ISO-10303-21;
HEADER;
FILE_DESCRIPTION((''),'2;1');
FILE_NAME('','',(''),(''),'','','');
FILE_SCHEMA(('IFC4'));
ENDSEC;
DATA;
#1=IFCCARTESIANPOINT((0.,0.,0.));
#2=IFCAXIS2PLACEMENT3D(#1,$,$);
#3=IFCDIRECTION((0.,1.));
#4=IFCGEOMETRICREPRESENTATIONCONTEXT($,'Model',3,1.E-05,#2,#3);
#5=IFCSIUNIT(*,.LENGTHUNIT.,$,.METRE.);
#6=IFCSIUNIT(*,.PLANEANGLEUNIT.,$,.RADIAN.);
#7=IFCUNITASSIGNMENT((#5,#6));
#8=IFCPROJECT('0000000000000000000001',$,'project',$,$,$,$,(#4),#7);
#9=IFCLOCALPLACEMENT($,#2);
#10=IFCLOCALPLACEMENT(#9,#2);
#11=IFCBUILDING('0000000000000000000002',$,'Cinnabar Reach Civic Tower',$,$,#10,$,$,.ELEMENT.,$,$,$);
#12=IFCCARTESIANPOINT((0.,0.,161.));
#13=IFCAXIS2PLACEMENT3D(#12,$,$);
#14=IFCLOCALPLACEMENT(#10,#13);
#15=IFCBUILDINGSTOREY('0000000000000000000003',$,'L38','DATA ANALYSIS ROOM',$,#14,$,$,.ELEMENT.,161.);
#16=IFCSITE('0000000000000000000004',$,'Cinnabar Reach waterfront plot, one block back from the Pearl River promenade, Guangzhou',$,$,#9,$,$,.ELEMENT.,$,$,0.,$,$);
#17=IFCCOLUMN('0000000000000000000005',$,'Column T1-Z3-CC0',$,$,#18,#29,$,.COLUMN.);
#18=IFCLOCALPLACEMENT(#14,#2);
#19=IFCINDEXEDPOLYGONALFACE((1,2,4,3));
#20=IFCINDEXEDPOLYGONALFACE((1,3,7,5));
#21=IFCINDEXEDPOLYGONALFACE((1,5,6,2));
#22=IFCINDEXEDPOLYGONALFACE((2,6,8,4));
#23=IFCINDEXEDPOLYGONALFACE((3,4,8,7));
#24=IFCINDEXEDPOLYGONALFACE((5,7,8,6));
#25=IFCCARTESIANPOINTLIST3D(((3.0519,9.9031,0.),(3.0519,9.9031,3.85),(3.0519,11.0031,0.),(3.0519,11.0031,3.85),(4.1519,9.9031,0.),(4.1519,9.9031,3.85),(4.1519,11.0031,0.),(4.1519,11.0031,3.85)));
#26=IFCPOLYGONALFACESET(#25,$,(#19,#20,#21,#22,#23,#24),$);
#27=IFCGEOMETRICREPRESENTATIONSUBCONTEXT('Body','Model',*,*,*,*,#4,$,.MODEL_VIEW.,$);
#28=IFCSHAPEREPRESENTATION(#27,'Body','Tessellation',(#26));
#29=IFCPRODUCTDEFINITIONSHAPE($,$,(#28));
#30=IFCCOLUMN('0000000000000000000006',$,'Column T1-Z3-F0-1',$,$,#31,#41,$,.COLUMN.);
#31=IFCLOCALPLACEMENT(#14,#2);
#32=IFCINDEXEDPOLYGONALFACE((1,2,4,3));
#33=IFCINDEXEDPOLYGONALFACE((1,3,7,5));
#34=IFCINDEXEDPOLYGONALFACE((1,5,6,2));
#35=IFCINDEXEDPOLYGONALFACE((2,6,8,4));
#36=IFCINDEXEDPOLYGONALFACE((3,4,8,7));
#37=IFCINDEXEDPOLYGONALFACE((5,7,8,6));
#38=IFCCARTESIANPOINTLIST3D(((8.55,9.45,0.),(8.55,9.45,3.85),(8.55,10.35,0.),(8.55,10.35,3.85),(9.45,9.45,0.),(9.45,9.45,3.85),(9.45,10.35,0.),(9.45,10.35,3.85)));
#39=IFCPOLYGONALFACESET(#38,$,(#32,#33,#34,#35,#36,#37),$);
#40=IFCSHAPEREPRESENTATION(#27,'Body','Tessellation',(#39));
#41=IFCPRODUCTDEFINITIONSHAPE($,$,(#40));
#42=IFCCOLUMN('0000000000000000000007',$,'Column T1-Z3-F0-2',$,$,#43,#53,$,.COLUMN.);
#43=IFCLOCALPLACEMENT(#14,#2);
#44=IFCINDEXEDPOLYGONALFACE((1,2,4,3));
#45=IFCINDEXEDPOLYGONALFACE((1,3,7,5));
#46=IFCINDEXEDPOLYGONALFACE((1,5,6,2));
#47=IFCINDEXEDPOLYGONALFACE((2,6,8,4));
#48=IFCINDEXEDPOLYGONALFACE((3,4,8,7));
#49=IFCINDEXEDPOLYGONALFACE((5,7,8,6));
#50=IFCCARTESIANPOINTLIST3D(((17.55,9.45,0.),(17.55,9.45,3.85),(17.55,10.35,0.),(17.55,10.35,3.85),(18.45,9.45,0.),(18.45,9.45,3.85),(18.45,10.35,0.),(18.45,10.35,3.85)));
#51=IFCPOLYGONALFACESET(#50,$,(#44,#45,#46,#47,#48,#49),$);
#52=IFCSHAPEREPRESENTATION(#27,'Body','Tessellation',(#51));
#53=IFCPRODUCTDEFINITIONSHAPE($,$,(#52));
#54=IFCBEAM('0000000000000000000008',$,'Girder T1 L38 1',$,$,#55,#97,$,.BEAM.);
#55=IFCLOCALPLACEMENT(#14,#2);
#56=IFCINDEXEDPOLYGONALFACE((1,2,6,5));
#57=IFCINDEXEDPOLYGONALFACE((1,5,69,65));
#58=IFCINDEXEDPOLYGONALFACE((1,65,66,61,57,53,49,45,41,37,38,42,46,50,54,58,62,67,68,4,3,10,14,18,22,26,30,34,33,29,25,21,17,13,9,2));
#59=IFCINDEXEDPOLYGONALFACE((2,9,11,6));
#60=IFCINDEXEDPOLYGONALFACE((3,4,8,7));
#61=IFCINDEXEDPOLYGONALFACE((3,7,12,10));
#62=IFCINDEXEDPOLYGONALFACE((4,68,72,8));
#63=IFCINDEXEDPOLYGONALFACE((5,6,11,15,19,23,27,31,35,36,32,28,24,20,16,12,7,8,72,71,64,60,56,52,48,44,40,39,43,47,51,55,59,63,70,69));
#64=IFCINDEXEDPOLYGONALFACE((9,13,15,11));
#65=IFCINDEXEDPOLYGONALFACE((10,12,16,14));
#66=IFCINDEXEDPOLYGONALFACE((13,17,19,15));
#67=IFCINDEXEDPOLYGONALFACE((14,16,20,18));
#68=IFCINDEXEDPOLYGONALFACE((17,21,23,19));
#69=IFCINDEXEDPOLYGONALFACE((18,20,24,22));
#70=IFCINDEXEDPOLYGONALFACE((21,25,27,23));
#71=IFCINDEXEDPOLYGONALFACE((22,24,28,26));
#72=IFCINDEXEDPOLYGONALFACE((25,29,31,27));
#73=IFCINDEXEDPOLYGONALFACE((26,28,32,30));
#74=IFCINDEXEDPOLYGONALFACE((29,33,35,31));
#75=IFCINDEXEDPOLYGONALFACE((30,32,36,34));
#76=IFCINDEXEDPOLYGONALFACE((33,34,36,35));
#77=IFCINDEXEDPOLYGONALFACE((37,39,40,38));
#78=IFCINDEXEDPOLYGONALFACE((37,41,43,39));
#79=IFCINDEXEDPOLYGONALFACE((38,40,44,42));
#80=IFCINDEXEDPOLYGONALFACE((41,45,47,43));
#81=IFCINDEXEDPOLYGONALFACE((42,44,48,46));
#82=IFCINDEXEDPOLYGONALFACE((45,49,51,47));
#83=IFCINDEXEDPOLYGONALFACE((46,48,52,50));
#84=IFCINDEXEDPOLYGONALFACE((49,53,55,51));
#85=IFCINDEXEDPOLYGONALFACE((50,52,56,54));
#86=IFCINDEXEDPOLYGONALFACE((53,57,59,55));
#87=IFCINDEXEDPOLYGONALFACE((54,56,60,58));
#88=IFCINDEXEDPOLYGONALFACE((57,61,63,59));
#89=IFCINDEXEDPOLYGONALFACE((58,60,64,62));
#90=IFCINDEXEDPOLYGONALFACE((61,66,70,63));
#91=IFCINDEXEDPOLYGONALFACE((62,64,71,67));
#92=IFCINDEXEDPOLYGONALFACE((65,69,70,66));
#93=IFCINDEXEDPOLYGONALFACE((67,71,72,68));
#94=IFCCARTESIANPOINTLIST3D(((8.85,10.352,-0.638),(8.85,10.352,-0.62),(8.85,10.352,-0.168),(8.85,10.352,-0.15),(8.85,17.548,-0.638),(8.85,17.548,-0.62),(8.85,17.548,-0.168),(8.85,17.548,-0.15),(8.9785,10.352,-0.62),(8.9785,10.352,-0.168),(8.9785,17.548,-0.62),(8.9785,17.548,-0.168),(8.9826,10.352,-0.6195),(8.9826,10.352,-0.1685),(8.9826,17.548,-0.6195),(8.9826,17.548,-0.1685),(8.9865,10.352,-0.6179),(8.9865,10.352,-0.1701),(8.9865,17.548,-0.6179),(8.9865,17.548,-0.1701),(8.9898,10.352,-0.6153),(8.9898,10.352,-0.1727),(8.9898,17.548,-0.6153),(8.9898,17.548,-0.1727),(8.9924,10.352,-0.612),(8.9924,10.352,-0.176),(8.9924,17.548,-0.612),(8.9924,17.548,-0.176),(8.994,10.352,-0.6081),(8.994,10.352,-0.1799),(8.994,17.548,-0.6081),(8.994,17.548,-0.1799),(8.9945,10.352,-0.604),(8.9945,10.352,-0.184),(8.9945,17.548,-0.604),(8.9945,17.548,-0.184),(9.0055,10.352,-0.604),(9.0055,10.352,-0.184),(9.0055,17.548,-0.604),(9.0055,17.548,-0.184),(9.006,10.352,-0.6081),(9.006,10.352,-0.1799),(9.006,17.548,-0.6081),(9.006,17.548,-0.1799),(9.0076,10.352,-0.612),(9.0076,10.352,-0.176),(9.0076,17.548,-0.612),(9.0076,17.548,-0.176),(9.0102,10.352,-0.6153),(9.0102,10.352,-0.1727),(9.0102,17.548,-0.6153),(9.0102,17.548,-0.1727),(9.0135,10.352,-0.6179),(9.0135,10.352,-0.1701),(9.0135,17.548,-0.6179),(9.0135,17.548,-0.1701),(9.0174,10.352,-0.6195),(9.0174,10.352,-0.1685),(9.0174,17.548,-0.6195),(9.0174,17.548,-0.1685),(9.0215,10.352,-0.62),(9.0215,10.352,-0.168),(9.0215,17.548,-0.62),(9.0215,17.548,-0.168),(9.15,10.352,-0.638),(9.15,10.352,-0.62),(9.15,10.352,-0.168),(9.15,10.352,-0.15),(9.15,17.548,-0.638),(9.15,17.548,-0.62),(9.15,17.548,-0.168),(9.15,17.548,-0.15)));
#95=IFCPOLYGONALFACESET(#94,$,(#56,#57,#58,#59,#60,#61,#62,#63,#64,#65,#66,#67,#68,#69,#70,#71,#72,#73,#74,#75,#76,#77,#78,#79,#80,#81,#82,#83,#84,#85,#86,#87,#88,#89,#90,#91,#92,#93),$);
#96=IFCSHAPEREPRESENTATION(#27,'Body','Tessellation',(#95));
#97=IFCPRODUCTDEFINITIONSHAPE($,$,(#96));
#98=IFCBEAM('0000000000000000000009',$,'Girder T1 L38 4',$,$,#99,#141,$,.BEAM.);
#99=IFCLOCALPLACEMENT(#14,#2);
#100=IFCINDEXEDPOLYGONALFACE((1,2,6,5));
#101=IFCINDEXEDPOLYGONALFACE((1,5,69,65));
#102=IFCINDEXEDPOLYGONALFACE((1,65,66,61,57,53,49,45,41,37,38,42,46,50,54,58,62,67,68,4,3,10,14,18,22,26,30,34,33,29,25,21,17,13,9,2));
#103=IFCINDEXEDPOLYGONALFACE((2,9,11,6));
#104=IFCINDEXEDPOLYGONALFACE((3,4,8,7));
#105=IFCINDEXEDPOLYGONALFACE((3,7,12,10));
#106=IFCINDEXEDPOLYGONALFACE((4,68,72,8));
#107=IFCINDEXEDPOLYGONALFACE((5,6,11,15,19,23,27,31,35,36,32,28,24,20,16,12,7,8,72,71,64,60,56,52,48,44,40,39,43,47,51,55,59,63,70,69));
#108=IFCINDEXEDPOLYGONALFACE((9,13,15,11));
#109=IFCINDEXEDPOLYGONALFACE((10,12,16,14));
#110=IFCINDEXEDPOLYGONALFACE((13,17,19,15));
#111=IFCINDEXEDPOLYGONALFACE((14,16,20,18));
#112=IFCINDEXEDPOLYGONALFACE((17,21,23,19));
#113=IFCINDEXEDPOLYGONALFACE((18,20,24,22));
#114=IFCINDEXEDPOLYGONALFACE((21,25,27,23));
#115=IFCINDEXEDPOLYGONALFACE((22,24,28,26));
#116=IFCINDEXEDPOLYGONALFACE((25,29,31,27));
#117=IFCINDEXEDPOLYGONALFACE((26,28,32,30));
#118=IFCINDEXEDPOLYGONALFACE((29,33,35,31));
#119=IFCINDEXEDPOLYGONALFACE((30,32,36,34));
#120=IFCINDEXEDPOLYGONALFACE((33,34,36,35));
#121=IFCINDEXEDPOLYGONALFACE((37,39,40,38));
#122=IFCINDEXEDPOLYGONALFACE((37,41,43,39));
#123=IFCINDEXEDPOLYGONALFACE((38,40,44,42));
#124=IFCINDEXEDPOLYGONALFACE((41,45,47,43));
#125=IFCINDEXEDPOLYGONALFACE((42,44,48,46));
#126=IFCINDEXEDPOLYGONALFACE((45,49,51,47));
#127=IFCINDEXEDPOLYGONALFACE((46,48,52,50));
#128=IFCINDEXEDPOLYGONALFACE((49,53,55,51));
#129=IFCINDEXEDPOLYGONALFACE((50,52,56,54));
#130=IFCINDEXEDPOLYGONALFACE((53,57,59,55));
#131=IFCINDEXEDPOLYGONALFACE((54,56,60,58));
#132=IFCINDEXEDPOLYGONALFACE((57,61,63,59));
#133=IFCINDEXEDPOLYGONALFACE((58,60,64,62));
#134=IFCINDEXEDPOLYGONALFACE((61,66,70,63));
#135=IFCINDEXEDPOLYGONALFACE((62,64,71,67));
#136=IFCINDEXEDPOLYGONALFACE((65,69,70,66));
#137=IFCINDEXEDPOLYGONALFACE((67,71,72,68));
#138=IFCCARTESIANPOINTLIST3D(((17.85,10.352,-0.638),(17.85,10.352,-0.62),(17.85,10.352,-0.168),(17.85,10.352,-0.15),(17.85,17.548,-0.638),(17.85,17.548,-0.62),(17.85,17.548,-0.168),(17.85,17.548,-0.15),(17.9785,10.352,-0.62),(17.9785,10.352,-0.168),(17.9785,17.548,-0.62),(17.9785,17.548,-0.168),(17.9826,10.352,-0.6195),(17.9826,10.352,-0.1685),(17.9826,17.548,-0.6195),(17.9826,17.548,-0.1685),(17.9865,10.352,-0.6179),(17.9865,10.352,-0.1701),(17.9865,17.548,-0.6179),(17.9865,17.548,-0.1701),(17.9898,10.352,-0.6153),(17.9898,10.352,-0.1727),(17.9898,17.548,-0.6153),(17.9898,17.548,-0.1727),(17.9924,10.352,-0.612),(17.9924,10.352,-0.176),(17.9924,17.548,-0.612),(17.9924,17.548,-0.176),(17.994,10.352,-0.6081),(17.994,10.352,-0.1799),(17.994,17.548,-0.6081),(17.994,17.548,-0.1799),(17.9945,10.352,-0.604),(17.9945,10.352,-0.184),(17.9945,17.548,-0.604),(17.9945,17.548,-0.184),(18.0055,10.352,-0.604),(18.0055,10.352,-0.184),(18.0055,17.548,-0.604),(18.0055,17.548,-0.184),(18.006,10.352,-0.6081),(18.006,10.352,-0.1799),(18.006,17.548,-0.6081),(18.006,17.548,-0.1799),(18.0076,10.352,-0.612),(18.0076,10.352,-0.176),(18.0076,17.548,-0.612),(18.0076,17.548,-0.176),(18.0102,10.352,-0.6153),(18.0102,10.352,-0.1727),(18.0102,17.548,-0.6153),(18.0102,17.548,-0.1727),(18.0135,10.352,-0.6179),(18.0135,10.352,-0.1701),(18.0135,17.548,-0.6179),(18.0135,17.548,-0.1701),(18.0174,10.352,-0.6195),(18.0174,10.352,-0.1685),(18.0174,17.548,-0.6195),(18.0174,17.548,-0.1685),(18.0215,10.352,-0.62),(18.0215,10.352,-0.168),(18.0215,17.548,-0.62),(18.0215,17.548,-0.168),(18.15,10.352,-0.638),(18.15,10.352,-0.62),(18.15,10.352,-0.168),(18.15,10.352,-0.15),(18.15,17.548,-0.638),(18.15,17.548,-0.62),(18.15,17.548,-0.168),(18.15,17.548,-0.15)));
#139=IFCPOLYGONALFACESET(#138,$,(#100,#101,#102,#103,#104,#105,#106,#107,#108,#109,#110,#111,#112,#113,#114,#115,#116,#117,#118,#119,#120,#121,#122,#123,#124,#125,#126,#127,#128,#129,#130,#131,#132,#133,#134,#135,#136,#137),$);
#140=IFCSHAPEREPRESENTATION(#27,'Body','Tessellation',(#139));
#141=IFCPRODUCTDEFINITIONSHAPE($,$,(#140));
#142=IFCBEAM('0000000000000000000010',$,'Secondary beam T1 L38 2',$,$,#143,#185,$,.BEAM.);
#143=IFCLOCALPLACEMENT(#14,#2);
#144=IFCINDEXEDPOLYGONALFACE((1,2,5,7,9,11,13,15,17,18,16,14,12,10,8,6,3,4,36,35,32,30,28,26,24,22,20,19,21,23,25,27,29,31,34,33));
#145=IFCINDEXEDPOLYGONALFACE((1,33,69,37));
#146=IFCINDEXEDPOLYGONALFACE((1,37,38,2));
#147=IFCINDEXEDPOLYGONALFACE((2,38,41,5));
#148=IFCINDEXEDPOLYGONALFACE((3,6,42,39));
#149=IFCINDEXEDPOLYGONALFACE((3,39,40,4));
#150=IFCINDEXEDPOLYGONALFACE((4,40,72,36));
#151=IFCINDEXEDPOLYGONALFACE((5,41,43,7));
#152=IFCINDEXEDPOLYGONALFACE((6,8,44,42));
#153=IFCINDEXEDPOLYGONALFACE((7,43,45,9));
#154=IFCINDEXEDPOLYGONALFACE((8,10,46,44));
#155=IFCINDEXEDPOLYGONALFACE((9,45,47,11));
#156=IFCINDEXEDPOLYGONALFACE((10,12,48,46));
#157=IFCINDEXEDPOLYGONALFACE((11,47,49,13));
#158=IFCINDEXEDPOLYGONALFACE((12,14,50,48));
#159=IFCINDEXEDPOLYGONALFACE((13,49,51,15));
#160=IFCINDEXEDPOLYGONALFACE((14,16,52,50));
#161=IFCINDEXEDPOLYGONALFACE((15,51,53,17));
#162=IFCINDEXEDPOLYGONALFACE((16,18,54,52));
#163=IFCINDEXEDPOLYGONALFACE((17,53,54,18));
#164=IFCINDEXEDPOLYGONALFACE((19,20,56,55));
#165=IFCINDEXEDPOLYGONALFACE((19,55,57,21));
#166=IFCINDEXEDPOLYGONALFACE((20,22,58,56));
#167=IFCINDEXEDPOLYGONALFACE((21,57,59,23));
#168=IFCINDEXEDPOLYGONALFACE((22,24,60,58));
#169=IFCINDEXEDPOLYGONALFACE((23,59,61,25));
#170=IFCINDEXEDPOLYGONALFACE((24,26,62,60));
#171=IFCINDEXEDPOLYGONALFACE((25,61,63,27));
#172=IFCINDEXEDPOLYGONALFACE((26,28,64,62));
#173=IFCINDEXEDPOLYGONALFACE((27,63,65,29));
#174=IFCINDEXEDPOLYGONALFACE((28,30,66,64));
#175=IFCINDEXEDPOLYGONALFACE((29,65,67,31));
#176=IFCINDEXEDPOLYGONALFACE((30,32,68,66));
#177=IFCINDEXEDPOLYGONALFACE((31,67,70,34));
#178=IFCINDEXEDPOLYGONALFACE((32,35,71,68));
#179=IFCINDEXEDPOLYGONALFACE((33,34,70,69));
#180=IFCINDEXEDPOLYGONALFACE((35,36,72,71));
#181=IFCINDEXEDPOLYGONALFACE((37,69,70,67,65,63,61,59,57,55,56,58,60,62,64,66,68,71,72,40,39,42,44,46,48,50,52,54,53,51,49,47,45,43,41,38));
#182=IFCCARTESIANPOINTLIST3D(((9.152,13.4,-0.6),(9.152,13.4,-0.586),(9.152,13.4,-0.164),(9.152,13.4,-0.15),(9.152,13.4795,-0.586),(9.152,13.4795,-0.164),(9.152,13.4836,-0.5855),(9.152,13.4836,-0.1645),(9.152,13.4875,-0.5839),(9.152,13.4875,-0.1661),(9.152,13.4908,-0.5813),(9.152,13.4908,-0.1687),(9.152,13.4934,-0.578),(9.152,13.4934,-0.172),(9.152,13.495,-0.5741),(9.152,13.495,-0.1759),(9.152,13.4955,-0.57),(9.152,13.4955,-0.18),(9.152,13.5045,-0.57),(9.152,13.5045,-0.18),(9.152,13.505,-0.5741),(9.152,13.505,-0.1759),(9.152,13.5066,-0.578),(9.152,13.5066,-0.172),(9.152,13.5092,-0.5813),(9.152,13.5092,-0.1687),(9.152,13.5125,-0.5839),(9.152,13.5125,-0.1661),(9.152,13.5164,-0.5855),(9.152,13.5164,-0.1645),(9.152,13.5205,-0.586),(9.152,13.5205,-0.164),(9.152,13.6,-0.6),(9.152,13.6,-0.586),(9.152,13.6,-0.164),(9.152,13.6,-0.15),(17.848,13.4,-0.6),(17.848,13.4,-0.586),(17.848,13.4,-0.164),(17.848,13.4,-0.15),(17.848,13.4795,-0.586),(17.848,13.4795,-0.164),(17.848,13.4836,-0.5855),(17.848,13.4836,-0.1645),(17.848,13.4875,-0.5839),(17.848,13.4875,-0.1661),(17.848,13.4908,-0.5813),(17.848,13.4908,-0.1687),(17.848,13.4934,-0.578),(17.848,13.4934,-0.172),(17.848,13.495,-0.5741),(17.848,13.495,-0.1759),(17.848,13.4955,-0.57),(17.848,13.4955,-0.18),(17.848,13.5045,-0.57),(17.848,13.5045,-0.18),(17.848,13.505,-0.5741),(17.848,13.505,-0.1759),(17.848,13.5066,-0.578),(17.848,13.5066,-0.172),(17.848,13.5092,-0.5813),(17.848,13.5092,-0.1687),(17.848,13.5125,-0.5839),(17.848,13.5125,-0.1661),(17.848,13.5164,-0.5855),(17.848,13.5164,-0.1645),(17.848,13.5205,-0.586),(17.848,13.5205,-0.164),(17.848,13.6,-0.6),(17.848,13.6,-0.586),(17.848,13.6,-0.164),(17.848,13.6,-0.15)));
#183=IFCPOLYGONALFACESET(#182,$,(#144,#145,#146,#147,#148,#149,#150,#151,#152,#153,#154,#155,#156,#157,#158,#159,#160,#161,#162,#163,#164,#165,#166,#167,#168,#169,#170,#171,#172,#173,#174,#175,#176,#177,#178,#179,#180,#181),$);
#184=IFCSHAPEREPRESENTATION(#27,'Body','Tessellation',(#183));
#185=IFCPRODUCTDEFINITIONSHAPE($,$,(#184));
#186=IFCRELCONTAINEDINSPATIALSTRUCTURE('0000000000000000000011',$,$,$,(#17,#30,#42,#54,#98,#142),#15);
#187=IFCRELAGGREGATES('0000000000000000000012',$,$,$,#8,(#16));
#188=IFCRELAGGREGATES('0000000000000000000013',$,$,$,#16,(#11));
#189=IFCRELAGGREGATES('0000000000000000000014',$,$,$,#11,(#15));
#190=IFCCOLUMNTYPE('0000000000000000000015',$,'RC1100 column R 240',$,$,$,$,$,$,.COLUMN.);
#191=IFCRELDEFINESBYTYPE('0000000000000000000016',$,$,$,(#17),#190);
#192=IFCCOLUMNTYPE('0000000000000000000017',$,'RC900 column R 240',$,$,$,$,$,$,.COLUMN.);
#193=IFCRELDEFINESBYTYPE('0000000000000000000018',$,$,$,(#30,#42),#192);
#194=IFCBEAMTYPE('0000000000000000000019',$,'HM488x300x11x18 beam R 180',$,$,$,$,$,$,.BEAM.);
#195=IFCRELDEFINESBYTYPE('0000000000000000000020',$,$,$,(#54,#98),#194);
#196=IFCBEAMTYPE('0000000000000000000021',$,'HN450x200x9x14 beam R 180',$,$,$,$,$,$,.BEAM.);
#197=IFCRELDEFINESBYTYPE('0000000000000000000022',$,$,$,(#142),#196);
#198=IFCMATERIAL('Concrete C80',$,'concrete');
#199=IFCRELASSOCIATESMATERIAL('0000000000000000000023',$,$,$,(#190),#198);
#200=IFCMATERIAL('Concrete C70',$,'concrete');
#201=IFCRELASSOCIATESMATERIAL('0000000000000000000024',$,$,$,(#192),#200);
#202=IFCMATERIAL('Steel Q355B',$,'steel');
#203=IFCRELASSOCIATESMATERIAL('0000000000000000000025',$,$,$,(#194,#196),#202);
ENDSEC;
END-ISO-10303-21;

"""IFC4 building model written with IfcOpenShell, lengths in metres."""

from ifc_helpers import new_model, si_unit, direction, frame, origin, origin_2d, place, context, subcontext, project, spatial, rectangle, i_section, extrude, material, material_profile, profile_set, type_object, element, save


model = new_model("IFC4")

# Units and contexts
model_context = context("Model", 3, precision=1e-05, world=origin(), true_north=direction((0.0, 1.0)))
body_context = subcontext(model_context, "Body", "Model", "MODEL_VIEW")
ifc_project = project(units=[si_unit("LENGTHUNIT", "METRE"), si_unit("PLANEANGLEUNIT", "RADIAN")], contexts=[model_context])

# Site, building, storey
site_placement = place(None, origin())
site = spatial("IfcSite", under=ifc_project, at=site_placement, Name="Cinnabar Reach waterfront plot, one block back from the Pearl River promenade, Guangzhou", CompositionType="ELEMENT", RefElevation=0.0)
building_placement = place(site_placement, origin())
building = spatial("IfcBuilding", under=site, at=building_placement, Name="Cinnabar Reach Civic Tower", CompositionType="ELEMENT")
storey_placement = place(building_placement, frame((0.0, 0.0, 161.0)))
storey = spatial("IfcBuildingStorey", under=building, at=storey_placement, Name="L38", Description="DATA ANALYSIS ROOM", CompositionType="ELEMENT", Elevation=161.0)

# Columns
ifc_material_1 = material(Name="Concrete C80", Category="concrete")
ifc_material_profile_1 = material_profile(ifc_material_1, rectangle(XDim=1.1, YDim=1.1, at=origin_2d()), Name="RC1100")
ifc_profile_set_1 = profile_set([ifc_material_profile_1], Name="Concrete C80")
column_type_1 = type_object("IfcColumnType", Name="RC1100 column R 240", PredefinedType="COLUMN", material=ifc_profile_set_1)
column_placement = place(storey_placement, frame((3.6019, 10.4531, 0.0), z_axis=(0.0, 0.0, 1.0), x_axis=(1.0, 0.0, 0.0)))
element("IfcColumn", 1, at=column_placement, inside=storey, type_object=column_type_1, Name="Column T1-Z3-CC0", PredefinedType="COLUMN", context=body_context, shape_type="SweptSolid", body=[
    extrude(rectangle(XDim=1.1, YDim=1.1, at=origin_2d()), origin(), (0.0, 0.0, 1.0), 3.85),
])
ifc_material_2 = material(Name="Concrete C70", Category="concrete")
ifc_material_profile_2 = material_profile(ifc_material_2, rectangle(XDim=0.9, YDim=0.9, at=origin_2d()), Name="RC900")
ifc_profile_set_2 = profile_set([ifc_material_profile_2], Name="Concrete C70")
column_type_2 = type_object("IfcColumnType", Name="RC900 column R 240", PredefinedType="COLUMN", material=ifc_profile_set_2)
for number, where, z_axis, x_axis, name in (
    (2, (9.0, 9.9, 0.0), (0.0, 0.0, 1.0), (1.0, 0.0, 0.0), "Column T1-Z3-F0-1"),
    (3, (18.0, 9.9, 0.0), (0.0, 0.0, 1.0), (1.0, 0.0, 0.0), "Column T1-Z3-F0-2"),
):
    element("IfcColumn", number, at=place(storey_placement, frame(where, z_axis=z_axis, x_axis=x_axis)), inside=storey, type_object=column_type_2, Name=name, PredefinedType="COLUMN", context=body_context, shape_type="SweptSolid", body=[
        extrude(rectangle(XDim=0.9, YDim=0.9, at=origin_2d()), origin(), (0.0, 0.0, 1.0), 3.85),
    ])

# Beams
ifc_material_3 = material(Name="Steel Q355B", Category="steel")
ifc_material_profile_3 = material_profile(ifc_material_3, i_section(OverallWidth=0.3, OverallDepth=0.488, WebThickness=0.011, FlangeThickness=0.018, FilletRadius=0.016, at=origin_2d()), Name="HM488x300x11x18")
ifc_profile_set_3 = profile_set([ifc_material_profile_3], Name="Steel Q355B")
beam_type_1 = type_object("IfcBeamType", Name="HM488x300x11x18 beam R 180", PredefinedType="BEAM", material=ifc_profile_set_3)
for number, where, z_axis, x_axis, name in (
    (4, (9.0, 10.352, -0.394), (0.0, 1.0, 0.0), (-1.0, 0.0, 0.0), "Girder T1 L38 1"),
    (5, (18.0, 10.352, -0.394), (0.0, 1.0, 0.0), (-1.0, 0.0, 0.0), "Girder T1 L38 4"),
):
    element("IfcBeam", number, at=place(storey_placement, frame(where, z_axis=z_axis, x_axis=x_axis)), inside=storey, type_object=beam_type_1, Name=name, PredefinedType="BEAM", context=body_context, shape_type="SweptSolid", body=[
        extrude(i_section(OverallWidth=0.3, OverallDepth=0.488, WebThickness=0.011, FlangeThickness=0.018, FilletRadius=0.016, at=origin_2d()), origin(), (0.0, 0.0, 1.0), 7.196),
    ])
ifc_material_profile_4 = material_profile(ifc_material_3, i_section(OverallWidth=0.2, OverallDepth=0.45, WebThickness=0.009, FlangeThickness=0.014, FilletRadius=0.016, at=origin_2d()), Name="HN450x200x9x14")
ifc_profile_set_4 = profile_set([ifc_material_profile_4], Name="Steel Q355B")
beam_type_2 = type_object("IfcBeamType", Name="HN450x200x9x14 beam R 180", PredefinedType="BEAM", material=ifc_profile_set_4)
beam_1_placement = place(storey_placement, frame((9.152, 13.5, -0.375), z_axis=(1.0, 0.0, 0.0), x_axis=(0.0, 1.0, 0.0)))
element("IfcBeam", 6, at=beam_1_placement, inside=storey, type_object=beam_type_2, Name="Secondary beam T1 L38 2", PredefinedType="BEAM", context=body_context, shape_type="SweptSolid", body=[
    extrude(i_section(OverallWidth=0.2, OverallDepth=0.45, WebThickness=0.009, FlangeThickness=0.014, FilletRadius=0.016, at=origin_2d()), origin(), (0.0, 0.0, 1.0), 8.696),
])

save(model, "model.ifc")
